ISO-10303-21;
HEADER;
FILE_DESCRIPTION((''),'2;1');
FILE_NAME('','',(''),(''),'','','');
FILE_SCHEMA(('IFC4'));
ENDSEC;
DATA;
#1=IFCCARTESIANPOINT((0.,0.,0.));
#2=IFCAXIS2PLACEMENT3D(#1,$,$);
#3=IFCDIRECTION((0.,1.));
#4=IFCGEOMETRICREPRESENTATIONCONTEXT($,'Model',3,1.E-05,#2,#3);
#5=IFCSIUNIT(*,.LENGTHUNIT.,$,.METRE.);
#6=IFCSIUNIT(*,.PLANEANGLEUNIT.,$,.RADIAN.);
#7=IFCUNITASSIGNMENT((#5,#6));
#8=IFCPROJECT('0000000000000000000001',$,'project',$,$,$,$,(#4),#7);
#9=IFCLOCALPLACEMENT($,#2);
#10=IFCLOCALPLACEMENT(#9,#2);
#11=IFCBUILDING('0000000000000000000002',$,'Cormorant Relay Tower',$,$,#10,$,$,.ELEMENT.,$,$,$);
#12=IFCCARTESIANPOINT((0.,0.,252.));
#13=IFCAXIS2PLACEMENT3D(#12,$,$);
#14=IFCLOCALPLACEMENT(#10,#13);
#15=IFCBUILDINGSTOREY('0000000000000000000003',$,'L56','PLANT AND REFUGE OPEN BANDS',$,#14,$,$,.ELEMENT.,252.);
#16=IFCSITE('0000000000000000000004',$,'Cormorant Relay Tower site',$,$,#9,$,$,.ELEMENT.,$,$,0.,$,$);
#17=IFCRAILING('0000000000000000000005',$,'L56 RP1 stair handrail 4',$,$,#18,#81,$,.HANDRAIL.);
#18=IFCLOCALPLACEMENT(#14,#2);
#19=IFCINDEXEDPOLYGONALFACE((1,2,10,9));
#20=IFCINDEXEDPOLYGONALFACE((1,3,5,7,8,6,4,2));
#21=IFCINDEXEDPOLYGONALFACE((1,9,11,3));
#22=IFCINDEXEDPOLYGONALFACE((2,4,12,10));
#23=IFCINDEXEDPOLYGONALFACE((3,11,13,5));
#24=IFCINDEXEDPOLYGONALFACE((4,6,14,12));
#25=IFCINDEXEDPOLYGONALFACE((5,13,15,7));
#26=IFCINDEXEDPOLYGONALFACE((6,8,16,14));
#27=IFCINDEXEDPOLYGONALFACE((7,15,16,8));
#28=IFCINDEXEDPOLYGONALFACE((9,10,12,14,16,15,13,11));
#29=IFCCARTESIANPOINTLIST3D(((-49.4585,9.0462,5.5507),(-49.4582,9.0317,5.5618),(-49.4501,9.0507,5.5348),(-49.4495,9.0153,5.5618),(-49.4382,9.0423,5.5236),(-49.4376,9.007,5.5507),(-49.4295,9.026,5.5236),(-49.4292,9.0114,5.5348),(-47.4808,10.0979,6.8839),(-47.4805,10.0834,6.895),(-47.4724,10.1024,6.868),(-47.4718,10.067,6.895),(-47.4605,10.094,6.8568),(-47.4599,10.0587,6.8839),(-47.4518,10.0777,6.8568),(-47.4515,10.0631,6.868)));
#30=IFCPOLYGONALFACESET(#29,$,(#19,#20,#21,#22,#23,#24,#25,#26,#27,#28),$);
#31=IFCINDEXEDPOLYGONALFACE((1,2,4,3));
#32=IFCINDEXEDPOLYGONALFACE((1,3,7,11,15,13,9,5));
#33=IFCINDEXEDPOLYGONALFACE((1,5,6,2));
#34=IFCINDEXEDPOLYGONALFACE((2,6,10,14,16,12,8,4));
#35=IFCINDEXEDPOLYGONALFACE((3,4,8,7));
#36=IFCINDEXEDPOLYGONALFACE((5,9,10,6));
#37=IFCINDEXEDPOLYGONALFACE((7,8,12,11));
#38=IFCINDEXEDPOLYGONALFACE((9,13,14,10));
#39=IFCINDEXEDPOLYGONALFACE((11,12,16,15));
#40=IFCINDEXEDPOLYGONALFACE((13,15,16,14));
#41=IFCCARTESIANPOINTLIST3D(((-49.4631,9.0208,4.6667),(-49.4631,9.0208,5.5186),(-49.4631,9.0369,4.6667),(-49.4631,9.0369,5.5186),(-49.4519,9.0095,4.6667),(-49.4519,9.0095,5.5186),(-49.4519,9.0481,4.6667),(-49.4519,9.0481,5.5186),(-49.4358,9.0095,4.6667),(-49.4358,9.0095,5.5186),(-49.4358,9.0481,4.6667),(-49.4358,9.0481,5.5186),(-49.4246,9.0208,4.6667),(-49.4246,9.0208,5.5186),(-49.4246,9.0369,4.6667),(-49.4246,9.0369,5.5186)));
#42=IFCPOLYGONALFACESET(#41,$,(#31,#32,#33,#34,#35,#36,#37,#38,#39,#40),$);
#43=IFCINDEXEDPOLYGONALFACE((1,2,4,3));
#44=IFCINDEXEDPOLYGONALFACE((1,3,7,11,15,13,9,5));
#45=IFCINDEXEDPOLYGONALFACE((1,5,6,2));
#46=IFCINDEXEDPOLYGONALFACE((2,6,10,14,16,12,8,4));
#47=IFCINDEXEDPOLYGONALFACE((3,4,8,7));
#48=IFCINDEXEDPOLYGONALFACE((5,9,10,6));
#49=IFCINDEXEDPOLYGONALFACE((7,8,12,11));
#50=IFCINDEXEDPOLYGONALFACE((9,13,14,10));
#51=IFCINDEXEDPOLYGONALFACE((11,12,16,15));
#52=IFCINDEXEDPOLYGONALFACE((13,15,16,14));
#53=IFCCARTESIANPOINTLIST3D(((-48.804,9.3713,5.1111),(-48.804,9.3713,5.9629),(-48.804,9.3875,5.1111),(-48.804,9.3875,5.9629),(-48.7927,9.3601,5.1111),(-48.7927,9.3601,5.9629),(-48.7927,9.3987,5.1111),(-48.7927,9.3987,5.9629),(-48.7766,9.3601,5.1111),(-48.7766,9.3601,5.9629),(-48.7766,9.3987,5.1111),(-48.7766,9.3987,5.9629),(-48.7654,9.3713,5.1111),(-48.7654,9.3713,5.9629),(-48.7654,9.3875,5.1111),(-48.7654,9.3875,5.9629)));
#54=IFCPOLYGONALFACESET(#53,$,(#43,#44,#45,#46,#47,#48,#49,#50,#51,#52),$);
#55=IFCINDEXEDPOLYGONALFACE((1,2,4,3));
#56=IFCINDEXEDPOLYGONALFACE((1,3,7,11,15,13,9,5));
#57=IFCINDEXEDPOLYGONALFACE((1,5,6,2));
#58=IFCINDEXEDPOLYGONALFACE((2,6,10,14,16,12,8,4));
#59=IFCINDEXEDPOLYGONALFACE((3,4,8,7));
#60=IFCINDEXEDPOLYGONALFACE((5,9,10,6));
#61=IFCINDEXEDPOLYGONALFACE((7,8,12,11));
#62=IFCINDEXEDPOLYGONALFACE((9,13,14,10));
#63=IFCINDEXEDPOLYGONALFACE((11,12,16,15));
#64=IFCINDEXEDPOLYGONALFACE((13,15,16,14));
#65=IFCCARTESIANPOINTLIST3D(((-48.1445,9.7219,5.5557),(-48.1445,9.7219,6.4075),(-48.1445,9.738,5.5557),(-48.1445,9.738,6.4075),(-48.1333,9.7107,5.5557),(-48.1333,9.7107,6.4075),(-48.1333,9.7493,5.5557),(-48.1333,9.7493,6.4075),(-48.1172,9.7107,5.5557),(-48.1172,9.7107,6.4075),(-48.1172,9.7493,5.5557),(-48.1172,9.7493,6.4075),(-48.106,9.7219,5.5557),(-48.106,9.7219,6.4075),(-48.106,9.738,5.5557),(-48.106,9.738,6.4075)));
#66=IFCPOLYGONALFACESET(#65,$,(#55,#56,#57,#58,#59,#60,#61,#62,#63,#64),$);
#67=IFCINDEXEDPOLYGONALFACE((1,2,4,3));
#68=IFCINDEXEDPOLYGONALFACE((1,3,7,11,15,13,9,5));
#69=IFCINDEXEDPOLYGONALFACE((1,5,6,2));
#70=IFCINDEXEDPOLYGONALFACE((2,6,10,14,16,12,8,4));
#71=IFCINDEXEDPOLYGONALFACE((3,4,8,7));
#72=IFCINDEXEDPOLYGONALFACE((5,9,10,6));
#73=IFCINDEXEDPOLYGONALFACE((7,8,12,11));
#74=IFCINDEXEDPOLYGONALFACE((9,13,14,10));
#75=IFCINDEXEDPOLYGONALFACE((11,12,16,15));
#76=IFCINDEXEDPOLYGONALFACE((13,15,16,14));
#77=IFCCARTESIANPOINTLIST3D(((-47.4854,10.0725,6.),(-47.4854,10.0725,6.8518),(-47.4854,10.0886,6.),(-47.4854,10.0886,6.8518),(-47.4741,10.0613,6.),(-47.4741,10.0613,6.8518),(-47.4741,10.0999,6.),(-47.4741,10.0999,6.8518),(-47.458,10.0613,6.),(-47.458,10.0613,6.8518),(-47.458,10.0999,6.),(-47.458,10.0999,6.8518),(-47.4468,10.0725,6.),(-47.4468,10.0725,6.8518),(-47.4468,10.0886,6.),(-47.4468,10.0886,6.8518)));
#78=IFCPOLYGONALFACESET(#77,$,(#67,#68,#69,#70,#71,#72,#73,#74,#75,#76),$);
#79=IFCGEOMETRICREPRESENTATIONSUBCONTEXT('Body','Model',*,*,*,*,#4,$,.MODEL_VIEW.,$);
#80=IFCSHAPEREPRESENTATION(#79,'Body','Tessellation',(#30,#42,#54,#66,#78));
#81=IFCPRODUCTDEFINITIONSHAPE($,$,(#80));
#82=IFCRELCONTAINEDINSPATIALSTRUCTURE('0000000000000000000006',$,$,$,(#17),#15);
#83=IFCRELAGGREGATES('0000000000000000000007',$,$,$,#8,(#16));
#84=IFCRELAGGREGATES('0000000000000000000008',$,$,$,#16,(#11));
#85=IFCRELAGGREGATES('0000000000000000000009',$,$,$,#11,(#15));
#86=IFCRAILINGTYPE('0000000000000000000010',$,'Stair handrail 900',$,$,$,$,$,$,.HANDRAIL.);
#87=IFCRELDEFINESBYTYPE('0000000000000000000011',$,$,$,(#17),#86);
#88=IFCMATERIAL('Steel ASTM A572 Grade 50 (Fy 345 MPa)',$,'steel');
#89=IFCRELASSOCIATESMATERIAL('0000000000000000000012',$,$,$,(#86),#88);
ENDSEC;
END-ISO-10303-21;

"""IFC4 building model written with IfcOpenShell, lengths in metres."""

from ifc_helpers import new_model, si_unit, direction, frame, origin, place, context, subcontext, project, spatial, polyline, outline, extrude, material, type_object, element, save


model = new_model("IFC4")

# Units and contexts
model_context = context("Model", 3, precision=1e-05, world=origin(), true_north=direction((0.0, 1.0)))
body_context = subcontext(model_context, "Body", "Model", "MODEL_VIEW")
ifc_project = project(units=[si_unit("LENGTHUNIT", "METRE"), si_unit("PLANEANGLEUNIT", "RADIAN")], contexts=[model_context])

# Site, building, storey
site_placement = place(None, origin())
site = spatial("IfcSite", under=ifc_project, at=site_placement, Name="Cormorant Relay Tower site", CompositionType="ELEMENT", RefElevation=0.0)
building_placement = place(site_placement, origin())
building = spatial("IfcBuilding", under=site, at=building_placement, Name="Cormorant Relay Tower", CompositionType="ELEMENT")
storey_placement = place(building_placement, frame((0.0, 0.0, 252.0)))
storey = spatial("IfcBuildingStorey", under=building, at=storey_placement, Name="L56", Description="PLANT AND REFUGE OPEN BANDS", CompositionType="ELEMENT", Elevation=252.0)

# Railing
ifc_material_1 = material(Name="Steel ASTM A572 Grade 50 (Fy 345 MPa)", Category="steel")
railing_type_1 = type_object("IfcRailingType", Name="Stair handrail 900", PredefinedType="HANDRAIL", material=ifc_material_1)
railing_1_placement = place(storey_placement, frame((-49.4438, 9.0288, 4.6667)))
element("IfcRailing", 1, at=railing_1_placement, inside=storey, type_object=railing_type_1, Name="L56 RP1 stair handrail 4", PredefinedType="HANDRAIL", context=body_context, shape_type="SweptSolid", body=[
    extrude(outline(polyline([(0.0222, 0.0093), (0.0093, 0.0222), (-0.0093, 0.0222), (-0.0222, 0.0093), (-0.0222, -0.0093), (-0.0093, -0.0222), (0.0093, -0.0222), (0.0222, -0.0093), (0.0222, 0.0093)])), frame((0.0, 0.0, 0.876), z_axis=(0.758703, 0.403468, 0.511452), x_axis=(-0.469524, 0.882919, 0.0)), (0.0, 0.0, 1.0), 2.6067),
    extrude(outline(polyline([(0.0193, 0.0081), (0.0081, 0.0193), (-0.0081, 0.0193), (-0.0193, 0.0081), (-0.0193, -0.0081), (-0.0081, -0.0193), (0.0081, -0.0193), (0.0193, -0.0081), (0.0193, 0.0081)])), origin(), (0.0, 0.0, 1.0), 0.8518),
    extrude(outline(polyline([(0.0193, 0.0081), (0.0081, 0.0193), (-0.0081, 0.0193), (-0.0193, 0.0081), (-0.0193, -0.0081), (-0.0081, -0.0193), (0.0081, -0.0193), (0.0193, -0.0081), (0.0193, 0.0081)])), frame((0.6592, 0.3506, 0.4443)), (0.0, 0.0, 1.0), 0.8518),
    extrude(outline(polyline([(0.0193, 0.0081), (0.0081, 0.0193), (-0.0081, 0.0193), (-0.0193, 0.0081), (-0.0193, -0.0081), (-0.0081, -0.0193), (0.0081, -0.0193), (0.0193, -0.0081), (0.0193, 0.0081)])), frame((1.3186, 0.7012, 0.8889)), (0.0, 0.0, 1.0), 0.8518),
    extrude(outline(polyline([(0.0193, 0.0081), (0.0081, 0.0193), (-0.0081, 0.0193), (-0.0193, 0.0081), (-0.0193, -0.0081), (-0.0081, -0.0193), (0.0081, -0.0193), (0.0193, -0.0081), (0.0193, 0.0081)])), frame((1.9778, 1.0518, 1.3333)), (0.0, 0.0, 1.0), 0.8518),
])

save(model, "model.ifc")
